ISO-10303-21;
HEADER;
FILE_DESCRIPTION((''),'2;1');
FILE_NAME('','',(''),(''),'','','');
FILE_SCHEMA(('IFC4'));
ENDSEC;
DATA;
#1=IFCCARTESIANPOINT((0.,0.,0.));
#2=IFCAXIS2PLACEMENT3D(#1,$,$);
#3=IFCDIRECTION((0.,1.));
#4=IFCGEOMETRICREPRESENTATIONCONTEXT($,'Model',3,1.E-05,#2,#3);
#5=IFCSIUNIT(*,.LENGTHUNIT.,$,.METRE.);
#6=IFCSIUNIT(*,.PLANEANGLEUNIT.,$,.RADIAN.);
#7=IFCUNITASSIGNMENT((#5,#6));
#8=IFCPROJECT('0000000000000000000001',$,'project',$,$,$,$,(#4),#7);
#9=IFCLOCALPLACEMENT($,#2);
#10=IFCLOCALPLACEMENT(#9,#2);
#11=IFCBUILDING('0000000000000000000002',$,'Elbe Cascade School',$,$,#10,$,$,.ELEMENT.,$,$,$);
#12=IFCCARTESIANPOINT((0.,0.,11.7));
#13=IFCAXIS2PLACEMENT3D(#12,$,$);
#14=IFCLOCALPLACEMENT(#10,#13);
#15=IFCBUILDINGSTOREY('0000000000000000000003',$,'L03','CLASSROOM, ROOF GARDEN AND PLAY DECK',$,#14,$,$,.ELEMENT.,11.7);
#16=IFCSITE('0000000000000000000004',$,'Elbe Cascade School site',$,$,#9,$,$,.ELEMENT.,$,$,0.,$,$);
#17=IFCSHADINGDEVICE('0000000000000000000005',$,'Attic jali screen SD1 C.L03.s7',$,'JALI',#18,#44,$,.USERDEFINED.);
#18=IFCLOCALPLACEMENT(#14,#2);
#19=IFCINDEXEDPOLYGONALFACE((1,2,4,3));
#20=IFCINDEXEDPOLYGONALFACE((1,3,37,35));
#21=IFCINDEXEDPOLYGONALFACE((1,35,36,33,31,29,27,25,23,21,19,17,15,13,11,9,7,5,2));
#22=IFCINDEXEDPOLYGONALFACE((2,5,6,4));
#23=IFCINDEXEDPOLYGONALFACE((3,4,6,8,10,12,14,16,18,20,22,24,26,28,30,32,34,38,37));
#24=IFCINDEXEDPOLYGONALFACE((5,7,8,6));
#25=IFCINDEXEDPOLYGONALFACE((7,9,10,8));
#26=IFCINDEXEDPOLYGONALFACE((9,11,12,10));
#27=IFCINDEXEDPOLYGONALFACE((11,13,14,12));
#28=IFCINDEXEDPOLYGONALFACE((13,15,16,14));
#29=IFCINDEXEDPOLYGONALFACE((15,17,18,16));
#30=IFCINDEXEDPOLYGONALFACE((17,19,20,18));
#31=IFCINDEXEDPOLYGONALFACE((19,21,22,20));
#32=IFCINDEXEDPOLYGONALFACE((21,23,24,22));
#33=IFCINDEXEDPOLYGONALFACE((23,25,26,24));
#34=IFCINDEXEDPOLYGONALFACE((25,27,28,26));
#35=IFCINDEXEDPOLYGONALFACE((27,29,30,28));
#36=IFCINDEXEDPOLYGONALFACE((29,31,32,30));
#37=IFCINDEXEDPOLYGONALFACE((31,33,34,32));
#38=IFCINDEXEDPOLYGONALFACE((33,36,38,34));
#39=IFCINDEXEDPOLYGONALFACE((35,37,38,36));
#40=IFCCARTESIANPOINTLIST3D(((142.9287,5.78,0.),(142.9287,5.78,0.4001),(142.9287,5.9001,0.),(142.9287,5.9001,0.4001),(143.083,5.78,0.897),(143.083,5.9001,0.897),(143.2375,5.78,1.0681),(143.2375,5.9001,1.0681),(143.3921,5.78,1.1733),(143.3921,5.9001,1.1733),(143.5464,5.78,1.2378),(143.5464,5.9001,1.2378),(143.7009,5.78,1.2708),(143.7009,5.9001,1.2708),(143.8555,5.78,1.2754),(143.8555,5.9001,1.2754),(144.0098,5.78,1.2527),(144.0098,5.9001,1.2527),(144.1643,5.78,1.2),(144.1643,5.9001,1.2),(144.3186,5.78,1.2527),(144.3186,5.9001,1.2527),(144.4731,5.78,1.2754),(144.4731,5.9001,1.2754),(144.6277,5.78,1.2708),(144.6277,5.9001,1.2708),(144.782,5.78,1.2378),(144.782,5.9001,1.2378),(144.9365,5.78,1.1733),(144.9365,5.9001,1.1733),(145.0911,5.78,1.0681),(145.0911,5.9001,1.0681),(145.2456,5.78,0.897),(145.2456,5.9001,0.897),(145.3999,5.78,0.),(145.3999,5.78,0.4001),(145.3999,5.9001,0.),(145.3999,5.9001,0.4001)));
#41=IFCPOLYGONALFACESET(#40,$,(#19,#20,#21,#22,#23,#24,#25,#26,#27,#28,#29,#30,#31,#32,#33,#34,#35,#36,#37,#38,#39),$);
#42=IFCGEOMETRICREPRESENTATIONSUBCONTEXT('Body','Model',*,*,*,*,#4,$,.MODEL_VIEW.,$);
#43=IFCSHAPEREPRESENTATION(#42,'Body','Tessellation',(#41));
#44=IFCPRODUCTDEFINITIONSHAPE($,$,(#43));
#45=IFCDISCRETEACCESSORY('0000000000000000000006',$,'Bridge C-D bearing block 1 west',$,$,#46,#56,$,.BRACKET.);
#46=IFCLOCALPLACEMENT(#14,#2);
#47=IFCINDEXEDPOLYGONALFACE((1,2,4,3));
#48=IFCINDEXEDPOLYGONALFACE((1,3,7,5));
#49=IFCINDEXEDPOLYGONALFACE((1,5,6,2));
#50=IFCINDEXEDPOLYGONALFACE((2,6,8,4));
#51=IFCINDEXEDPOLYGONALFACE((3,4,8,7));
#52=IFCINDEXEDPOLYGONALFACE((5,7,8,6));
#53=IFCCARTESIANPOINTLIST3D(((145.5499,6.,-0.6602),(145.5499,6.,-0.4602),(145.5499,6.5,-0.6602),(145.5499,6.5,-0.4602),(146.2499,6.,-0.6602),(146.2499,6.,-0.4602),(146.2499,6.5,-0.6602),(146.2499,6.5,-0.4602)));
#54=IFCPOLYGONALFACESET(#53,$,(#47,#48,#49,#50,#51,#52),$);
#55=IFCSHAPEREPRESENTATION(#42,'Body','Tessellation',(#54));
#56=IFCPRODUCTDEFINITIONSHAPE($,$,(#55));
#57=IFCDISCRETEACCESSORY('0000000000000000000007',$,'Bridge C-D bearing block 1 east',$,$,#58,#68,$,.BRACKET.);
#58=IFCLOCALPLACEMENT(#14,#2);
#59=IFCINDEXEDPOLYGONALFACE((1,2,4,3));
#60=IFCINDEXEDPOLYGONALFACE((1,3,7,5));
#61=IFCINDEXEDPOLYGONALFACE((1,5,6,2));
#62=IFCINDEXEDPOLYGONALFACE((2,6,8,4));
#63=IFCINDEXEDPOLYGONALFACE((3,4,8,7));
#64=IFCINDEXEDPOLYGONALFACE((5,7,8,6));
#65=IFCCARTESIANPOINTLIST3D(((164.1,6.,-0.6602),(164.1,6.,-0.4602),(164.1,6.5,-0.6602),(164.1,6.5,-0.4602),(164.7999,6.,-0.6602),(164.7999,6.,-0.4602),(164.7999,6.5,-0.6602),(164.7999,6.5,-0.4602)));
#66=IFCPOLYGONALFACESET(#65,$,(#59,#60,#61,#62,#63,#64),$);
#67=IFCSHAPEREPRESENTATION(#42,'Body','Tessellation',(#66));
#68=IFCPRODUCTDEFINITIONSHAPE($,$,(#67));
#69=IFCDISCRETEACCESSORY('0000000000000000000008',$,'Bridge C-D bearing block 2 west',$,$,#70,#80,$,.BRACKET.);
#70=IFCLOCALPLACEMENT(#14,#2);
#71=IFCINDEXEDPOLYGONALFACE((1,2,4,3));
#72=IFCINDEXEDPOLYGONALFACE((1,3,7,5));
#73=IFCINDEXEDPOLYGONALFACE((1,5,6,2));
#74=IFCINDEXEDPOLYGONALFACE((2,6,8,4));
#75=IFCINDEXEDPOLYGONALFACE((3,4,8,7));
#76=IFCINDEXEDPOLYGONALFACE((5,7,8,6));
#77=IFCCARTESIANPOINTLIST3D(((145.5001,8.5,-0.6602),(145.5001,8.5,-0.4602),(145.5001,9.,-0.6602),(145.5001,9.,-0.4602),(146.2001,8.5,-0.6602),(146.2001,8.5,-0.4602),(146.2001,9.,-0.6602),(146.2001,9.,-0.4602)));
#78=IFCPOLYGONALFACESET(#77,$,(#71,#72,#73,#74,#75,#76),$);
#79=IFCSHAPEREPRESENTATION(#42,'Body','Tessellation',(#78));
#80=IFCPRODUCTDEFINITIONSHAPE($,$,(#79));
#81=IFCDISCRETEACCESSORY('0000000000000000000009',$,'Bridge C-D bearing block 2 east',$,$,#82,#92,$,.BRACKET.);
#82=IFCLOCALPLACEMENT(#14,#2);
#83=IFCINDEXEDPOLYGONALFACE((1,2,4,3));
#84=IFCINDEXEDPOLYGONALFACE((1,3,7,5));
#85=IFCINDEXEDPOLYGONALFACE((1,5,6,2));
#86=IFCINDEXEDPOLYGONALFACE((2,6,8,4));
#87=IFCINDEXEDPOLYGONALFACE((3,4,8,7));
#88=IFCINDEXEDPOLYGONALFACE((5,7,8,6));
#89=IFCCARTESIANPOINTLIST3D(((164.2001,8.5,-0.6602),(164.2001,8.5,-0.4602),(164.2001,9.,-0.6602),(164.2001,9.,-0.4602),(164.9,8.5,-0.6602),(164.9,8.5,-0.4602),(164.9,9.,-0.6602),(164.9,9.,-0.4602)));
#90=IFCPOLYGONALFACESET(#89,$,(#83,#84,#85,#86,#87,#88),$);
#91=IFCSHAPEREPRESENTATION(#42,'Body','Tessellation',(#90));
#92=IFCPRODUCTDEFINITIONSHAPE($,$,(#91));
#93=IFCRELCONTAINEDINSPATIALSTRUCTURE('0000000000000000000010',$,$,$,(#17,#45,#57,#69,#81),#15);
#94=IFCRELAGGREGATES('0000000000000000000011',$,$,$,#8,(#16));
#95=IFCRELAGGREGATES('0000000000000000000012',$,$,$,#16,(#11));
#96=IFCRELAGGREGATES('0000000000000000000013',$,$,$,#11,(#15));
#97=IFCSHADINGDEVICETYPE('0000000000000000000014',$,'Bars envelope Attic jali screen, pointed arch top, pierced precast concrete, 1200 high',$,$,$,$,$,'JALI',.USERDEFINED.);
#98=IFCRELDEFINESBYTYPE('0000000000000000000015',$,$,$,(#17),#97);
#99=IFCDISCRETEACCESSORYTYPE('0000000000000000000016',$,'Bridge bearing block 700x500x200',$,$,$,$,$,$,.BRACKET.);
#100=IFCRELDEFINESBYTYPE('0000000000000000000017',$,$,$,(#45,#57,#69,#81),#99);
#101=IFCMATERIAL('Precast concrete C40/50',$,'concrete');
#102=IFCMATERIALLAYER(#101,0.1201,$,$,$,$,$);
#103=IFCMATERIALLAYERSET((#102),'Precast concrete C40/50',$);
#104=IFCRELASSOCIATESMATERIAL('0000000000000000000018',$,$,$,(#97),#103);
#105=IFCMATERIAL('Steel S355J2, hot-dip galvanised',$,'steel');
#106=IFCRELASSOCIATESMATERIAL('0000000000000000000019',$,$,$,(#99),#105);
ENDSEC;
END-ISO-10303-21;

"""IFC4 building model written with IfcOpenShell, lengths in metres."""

from ifc_helpers import new_model, si_unit, direction, frame, origin, origin_2d, place, context, subcontext, project, spatial, polyline, rectangle, outline, extrude, material, layer, layer_set, type_object, element, save


model = new_model("IFC4")

# Units and contexts
model_context = context("Model", 3, precision=1e-05, world=origin(), true_north=direction((0.0, 1.0)))
body_context = subcontext(model_context, "Body", "Model", "MODEL_VIEW")
ifc_project = project(units=[si_unit("LENGTHUNIT", "METRE"), si_unit("PLANEANGLEUNIT", "RADIAN")], contexts=[model_context])

# Site, building, storey
site_placement = place(None, origin())
site = spatial("IfcSite", under=ifc_project, at=site_placement, Name="Elbe Cascade School site", CompositionType="ELEMENT", RefElevation=0.0)
building_placement = place(site_placement, origin())
building = spatial("IfcBuilding", under=site, at=building_placement, Name="Elbe Cascade School", CompositionType="ELEMENT")
storey_placement = place(building_placement, frame((0.0, 0.0, 11.7)))
storey = spatial("IfcBuildingStorey", under=building, at=storey_placement, Name="L03", Description="CLASSROOM, ROOF GARDEN AND PLAY DECK", CompositionType="ELEMENT", Elevation=11.7)

# Shading device
ifc_material_1 = material(Name="Precast concrete C40/50", Category="concrete")
ifc_layer_1 = layer(ifc_material_1, 0.1201)
ifc_layer_set_1 = layer_set([ifc_layer_1], Name="Precast concrete C40/50")
shading_device_type = type_object("IfcShadingDeviceType", Name="Bars envelope Attic jali screen, pointed arch top, pierced precast concrete, 1200 high", ElementType="JALI", PredefinedType="USERDEFINED", material=ifc_layer_set_1)
shading_device_1_placement = place(storey_placement, frame((142.9287, 5.78, 0.0), z_axis=(0.0, -1.0, 0.0), x_axis=(1.0, 0.0, 0.0)))
element("IfcShadingDevice", 1, at=shading_device_1_placement, inside=storey, type_object=shading_device_type, Name="Attic jali screen SD1 C.L03.s7", ObjectType="JALI", PredefinedType="USERDEFINED", context=body_context, shape_type="SweptSolid", body=[
    extrude(outline(polyline([(0.0, 0.0), (2.4712, 0.0), (2.4712, 0.4001), (2.3169, 0.897), (2.1624, 1.0681), (2.0078, 1.1733), (1.8533, 1.2378), (1.699, 1.2708), (1.5444, 1.2754), (1.3899, 1.2527), (1.2356, 1.2), (1.0811, 1.2527), (0.9268, 1.2754), (0.7722, 1.2708), (0.6177, 1.2378), (0.4634, 1.1733), (0.3088, 1.0681), (0.1543, 0.897), (0.0, 0.4001), (0.0, 0.0)])), origin(), (0.0, 0.0, -1.0), 0.1201),
])

# Discrete accessories
ifc_material_2 = material(Name="Steel S355J2, hot-dip galvanised", Category="steel")
discrete_accessory_type = type_object("IfcDiscreteAccessoryType", Name="Bridge bearing block 700x500x200", PredefinedType="BRACKET", material=ifc_material_2)
for number, where, z_axis, x_axis, name in (
    (2, (145.8999, 6.25, -0.6602), (0.0, 0.0, 1.0), (1.0, 0.0, 0.0), "Bridge C-D bearing block 1 west"),
    (3, (164.45, 6.25, -0.6602), (0.0, 0.0, 1.0), (1.0, 0.0, 0.0), "Bridge C-D bearing block 1 east"),
    (4, (145.8501, 8.75, -0.6602), (0.0, 0.0, 1.0), (1.0, 0.0, 0.0), "Bridge C-D bearing block 2 west"),
    (5, (164.55, 8.75, -0.6602), (0.0, 0.0, 1.0), (1.0, 0.0, 0.0), "Bridge C-D bearing block 2 east"),
):
    element("IfcDiscreteAccessory", number, at=place(storey_placement, frame(where, z_axis=z_axis, x_axis=x_axis)), inside=storey, type_object=discrete_accessory_type, Name=name, PredefinedType="BRACKET", context=body_context, shape_type="SweptSolid", body=[
        extrude(rectangle(XDim=0.7, YDim=0.5, at=origin_2d()), origin(), (0.0, 0.0, 1.0), 0.2),
    ])

save(model, "model.ifc")
